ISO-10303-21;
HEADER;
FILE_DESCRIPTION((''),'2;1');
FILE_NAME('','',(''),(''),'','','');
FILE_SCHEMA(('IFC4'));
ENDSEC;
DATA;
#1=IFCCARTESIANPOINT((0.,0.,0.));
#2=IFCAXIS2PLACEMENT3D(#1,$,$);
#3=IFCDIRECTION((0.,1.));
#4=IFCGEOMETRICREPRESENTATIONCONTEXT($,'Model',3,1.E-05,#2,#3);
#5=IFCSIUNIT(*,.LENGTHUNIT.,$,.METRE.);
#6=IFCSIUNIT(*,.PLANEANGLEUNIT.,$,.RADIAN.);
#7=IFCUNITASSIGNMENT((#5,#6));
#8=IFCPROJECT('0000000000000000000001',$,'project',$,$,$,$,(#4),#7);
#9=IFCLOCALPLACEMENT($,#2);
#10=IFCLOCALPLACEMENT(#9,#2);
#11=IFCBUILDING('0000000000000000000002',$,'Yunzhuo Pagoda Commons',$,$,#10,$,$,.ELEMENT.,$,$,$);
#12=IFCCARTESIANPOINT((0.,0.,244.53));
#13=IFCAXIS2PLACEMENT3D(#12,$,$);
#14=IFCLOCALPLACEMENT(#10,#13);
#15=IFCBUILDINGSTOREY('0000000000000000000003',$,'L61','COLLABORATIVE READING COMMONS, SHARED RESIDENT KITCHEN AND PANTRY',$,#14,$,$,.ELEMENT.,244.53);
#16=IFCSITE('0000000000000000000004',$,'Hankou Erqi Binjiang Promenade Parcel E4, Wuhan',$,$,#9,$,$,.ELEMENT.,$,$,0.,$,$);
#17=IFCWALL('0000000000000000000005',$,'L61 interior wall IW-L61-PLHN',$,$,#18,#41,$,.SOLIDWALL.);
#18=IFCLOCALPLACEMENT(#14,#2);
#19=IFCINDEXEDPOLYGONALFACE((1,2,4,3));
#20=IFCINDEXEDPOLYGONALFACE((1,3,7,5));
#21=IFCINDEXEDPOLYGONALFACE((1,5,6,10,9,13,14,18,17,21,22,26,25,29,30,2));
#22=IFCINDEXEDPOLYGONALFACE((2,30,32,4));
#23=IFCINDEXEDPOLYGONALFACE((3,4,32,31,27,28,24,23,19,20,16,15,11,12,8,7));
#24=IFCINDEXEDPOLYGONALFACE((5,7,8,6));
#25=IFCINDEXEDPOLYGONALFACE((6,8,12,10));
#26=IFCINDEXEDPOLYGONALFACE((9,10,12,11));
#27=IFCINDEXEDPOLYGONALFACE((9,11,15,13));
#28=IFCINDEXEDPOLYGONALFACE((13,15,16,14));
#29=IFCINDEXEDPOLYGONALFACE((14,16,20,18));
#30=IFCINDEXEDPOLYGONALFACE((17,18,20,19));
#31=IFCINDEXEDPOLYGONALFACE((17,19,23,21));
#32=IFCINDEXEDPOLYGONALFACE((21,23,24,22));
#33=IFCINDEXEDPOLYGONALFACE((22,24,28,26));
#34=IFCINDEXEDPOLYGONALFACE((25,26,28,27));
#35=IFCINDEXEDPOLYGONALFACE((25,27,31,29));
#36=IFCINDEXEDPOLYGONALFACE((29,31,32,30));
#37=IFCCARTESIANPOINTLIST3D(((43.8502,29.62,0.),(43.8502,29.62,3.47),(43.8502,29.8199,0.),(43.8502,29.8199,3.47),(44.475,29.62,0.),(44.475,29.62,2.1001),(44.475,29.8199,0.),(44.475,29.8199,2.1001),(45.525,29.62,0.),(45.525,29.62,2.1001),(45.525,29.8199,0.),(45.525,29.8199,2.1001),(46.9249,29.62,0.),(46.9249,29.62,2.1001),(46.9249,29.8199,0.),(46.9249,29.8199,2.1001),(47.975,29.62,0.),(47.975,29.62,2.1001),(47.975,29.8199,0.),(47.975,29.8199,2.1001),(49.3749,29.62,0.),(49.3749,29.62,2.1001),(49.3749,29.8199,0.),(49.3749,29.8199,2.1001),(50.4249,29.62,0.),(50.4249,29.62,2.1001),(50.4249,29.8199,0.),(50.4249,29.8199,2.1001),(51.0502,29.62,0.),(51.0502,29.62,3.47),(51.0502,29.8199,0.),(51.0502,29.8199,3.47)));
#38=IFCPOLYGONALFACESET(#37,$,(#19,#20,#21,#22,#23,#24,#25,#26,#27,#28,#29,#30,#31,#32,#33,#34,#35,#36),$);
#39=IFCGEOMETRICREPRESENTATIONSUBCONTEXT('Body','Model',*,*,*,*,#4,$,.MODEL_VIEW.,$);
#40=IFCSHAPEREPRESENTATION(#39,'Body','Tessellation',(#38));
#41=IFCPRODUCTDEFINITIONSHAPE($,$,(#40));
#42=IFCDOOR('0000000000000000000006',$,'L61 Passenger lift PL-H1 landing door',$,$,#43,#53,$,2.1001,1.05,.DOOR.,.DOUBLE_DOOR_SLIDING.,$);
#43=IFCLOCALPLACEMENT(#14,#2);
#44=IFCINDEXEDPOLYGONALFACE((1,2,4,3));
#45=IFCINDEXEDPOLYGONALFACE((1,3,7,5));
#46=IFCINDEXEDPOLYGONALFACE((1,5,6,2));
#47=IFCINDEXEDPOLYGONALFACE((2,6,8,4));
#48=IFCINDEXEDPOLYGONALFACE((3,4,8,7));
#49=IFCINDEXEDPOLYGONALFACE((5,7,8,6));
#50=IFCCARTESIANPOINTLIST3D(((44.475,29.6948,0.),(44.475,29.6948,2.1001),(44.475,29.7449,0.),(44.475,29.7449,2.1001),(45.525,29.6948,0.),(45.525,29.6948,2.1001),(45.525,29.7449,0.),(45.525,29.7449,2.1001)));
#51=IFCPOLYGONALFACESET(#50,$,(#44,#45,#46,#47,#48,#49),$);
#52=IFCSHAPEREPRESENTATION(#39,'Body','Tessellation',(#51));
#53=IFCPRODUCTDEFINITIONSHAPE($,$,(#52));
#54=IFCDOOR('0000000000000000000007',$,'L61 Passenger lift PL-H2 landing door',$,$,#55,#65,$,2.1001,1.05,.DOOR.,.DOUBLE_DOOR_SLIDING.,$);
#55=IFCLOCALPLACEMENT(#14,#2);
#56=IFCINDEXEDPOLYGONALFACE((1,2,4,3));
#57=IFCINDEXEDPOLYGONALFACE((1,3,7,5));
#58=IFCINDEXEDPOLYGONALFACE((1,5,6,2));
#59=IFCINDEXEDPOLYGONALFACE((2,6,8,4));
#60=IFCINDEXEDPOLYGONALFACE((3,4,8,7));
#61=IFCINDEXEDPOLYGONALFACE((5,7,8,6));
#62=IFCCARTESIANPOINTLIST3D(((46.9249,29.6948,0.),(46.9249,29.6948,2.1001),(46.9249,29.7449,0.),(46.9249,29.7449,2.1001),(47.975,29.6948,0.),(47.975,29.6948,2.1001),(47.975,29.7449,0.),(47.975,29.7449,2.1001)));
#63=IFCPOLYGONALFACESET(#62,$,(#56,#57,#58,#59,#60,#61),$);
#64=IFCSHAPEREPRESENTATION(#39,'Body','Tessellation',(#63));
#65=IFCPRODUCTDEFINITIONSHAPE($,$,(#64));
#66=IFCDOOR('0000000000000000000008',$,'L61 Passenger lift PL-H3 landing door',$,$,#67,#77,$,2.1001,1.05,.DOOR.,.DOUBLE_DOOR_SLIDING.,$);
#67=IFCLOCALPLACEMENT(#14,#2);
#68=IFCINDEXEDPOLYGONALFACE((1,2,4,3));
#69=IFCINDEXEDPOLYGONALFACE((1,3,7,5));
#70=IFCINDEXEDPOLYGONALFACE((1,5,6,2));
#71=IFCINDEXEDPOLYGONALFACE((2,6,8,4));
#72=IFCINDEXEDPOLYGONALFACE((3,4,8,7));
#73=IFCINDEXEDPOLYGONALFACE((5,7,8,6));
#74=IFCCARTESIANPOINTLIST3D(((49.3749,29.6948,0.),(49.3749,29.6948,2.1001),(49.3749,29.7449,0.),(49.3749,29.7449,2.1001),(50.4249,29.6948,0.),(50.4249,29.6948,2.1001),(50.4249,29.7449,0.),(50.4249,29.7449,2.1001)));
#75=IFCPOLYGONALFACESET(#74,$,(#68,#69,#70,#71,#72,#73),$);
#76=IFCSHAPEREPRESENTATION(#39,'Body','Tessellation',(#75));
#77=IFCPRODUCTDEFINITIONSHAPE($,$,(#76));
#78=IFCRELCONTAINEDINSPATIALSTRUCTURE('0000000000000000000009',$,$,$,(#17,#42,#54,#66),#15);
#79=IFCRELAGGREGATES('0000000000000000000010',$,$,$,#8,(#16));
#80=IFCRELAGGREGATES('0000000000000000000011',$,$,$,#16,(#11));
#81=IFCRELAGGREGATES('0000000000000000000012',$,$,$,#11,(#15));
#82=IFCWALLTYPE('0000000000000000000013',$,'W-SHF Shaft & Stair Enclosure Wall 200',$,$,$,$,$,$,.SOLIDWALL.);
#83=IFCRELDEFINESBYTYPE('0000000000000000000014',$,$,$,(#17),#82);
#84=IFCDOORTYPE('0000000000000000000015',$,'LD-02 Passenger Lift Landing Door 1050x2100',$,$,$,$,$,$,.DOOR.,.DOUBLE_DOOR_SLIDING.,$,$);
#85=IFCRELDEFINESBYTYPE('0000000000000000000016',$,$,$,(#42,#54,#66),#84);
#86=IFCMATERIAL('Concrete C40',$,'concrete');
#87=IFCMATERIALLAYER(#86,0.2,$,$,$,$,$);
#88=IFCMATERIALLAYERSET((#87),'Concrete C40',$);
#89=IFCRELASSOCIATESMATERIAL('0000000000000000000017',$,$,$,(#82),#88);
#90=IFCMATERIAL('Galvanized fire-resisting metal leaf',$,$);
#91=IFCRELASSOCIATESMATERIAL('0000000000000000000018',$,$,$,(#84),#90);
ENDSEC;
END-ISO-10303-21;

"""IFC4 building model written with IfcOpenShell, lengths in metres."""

from ifc_helpers import new_model, si_unit, direction, frame, frame_2d, origin, origin_with_axes, place, context, subcontext, project, spatial, rectangle, extrude, source, transform, mapped, material, layer, layer_set, type_object, element, fill, save


model = new_model("IFC4")

# Units and contexts
model_context = context("Model", 3, precision=1e-05, world=origin(), true_north=direction((0.0, 1.0)))
body_context = subcontext(model_context, "Body", "Model", "MODEL_VIEW")
ifc_project = project(units=[si_unit("LENGTHUNIT", "METRE"), si_unit("PLANEANGLEUNIT", "RADIAN")], contexts=[model_context])

# Site, building, storey
site_placement = place(None, origin())
site = spatial("IfcSite", under=ifc_project, at=site_placement, Name="Hankou Erqi Binjiang Promenade Parcel E4, Wuhan", CompositionType="ELEMENT", RefElevation=0.0)
building_placement = place(site_placement, origin())
building = spatial("IfcBuilding", under=site, at=building_placement, Name="Yunzhuo Pagoda Commons", CompositionType="ELEMENT")
storey_placement = place(building_placement, frame((0.0, 0.0, 244.53)))
storey = spatial("IfcBuildingStorey", under=building, at=storey_placement, Name="L61", Description="COLLABORATIVE READING COMMONS, SHARED RESIDENT KITCHEN AND PANTRY", CompositionType="ELEMENT", Elevation=244.53)

# Shared definitions
ifc_material_1 = material(Name="Galvanized fire-resisting metal leaf")

# Shared definitions
ifc_material_2 = material(Name="Concrete C40", Category="concrete")
ifc_layer_1 = layer(ifc_material_2, 0.2)
ifc_layer_set_1 = layer_set([ifc_layer_1], Name="Concrete C40")
wall_type_1 = type_object("IfcWallType", Name="W-SHF Shaft & Stair Enclosure Wall 200", PredefinedType="SOLIDWALL", material=ifc_layer_set_1)
shared_shape_1 = source(origin(), body_context, "Body", "SweptSolid", [
    extrude(rectangle(XDim=1.05, YDim=2.1001, at=frame_2d((0.5249, 1.05))), frame((0.0, 0.0249, 0.0), z_axis=(0.0, -1.0, 0.0), x_axis=(1.0, 0.0, 0.0)), (0.0, 0.0, 1.0), 0.05),
])

# Wall, openings, doors
wall_1_placement = place(storey_placement, frame((43.8501, 29.72, 0.0), z_axis=(0.0, 0.0, 1.0), x_axis=(1.0, 0.0, 0.0)))
wall_1 = element("IfcWall", 1, at=wall_1_placement, inside=storey, type_object=wall_type_1, Name="L61 interior wall IW-L61-PLHN", PredefinedType="SOLIDWALL", context=body_context, shape_type="SweptSolid", body=[
    extrude(rectangle(XDim=7.2, YDim=0.2, at=frame_2d((3.6001, 0.0))), origin(), (0.0, 0.0, 1.0), 3.47),
])
opening_1_placement = place(wall_1_placement, frame((0.625, 0.0, 0.0)))
opening_1 = element("IfcOpeningElement", 2, at=opening_1_placement, cuts=wall_1, PredefinedType="OPENING", context=body_context, shape_type="SweptSolid", body=[
    extrude(rectangle(XDim=1.05, YDim=2.1001, at=frame_2d((0.5249, 1.05))), frame((0.0, 0.1099, 0.0), z_axis=(0.0, -1.0, 0.0), x_axis=(1.0, 0.0, 0.0)), (0.0, 0.0, 1.0), 0.22),
])
opening_2_placement = place(wall_1_placement, frame((3.075, 0.0, 0.0)))
opening_2 = element("IfcOpeningElement", 3, at=opening_2_placement, cuts=wall_1, PredefinedType="OPENING", context=body_context, shape_type="SweptSolid", body=[
    extrude(rectangle(XDim=1.05, YDim=2.1001, at=frame_2d((0.5249, 1.05))), frame((0.0, 0.1099, 0.0), z_axis=(0.0, -1.0, 0.0), x_axis=(1.0, 0.0, 0.0)), (0.0, 0.0, 1.0), 0.22),
])
opening_3_placement = place(wall_1_placement, frame((5.5249, 0.0, 0.0)))
opening_3 = element("IfcOpeningElement", 4, at=opening_3_placement, cuts=wall_1, PredefinedType="OPENING", context=body_context, shape_type="SweptSolid", body=[
    extrude(rectangle(XDim=1.05, YDim=2.1001, at=frame_2d((0.5249, 1.05))), frame((0.0, 0.1099, 0.0), z_axis=(0.0, -1.0, 0.0), x_axis=(1.0, 0.0, 0.0)), (0.0, 0.0, 1.0), 0.22),
])
door_type_1 = type_object("IfcDoorType", Name="LD-02 Passenger Lift Landing Door 1050x2100", OperationType="DOUBLE_DOOR_SLIDING", PredefinedType="DOOR", material=ifc_material_1)
door_1_placement = place(opening_1_placement, origin_with_axes())
door_1 = element("IfcDoor", 5, at=door_1_placement, inside=storey, type_object=door_type_1, Name="L61 Passenger lift PL-H1 landing door", OperationType="DOUBLE_DOOR_SLIDING", OverallHeight=2.1001, OverallWidth=1.05, PredefinedType="DOOR", context=body_context, shape_type="MappedRepresentation", body=[
    mapped(shared_shape_1, transform((0.0, 0.0, 0.0), scale=1.0)),
])
fill(opening_1, door_1)
door_2_placement = place(opening_2_placement, origin_with_axes())
door_2 = element("IfcDoor", 6, at=door_2_placement, inside=storey, type_object=door_type_1, Name="L61 Passenger lift PL-H2 landing door", OperationType="DOUBLE_DOOR_SLIDING", OverallHeight=2.1001, OverallWidth=1.05, PredefinedType="DOOR", context=body_context, shape_type="MappedRepresentation", body=[
    mapped(shared_shape_1, transform((0.0, 0.0, 0.0), scale=1.0)),
])
fill(opening_2, door_2)
door_3_placement = place(opening_3_placement, origin_with_axes())
door_3 = element("IfcDoor", 7, at=door_3_placement, inside=storey, type_object=door_type_1, Name="L61 Passenger lift PL-H3 landing door", OperationType="DOUBLE_DOOR_SLIDING", OverallHeight=2.1001, OverallWidth=1.05, PredefinedType="DOOR", context=body_context, shape_type="MappedRepresentation", body=[
    mapped(shared_shape_1, transform((0.0, 0.0, 0.0), scale=1.0)),
])
fill(opening_3, door_3)

save(model, "model.ifc")
